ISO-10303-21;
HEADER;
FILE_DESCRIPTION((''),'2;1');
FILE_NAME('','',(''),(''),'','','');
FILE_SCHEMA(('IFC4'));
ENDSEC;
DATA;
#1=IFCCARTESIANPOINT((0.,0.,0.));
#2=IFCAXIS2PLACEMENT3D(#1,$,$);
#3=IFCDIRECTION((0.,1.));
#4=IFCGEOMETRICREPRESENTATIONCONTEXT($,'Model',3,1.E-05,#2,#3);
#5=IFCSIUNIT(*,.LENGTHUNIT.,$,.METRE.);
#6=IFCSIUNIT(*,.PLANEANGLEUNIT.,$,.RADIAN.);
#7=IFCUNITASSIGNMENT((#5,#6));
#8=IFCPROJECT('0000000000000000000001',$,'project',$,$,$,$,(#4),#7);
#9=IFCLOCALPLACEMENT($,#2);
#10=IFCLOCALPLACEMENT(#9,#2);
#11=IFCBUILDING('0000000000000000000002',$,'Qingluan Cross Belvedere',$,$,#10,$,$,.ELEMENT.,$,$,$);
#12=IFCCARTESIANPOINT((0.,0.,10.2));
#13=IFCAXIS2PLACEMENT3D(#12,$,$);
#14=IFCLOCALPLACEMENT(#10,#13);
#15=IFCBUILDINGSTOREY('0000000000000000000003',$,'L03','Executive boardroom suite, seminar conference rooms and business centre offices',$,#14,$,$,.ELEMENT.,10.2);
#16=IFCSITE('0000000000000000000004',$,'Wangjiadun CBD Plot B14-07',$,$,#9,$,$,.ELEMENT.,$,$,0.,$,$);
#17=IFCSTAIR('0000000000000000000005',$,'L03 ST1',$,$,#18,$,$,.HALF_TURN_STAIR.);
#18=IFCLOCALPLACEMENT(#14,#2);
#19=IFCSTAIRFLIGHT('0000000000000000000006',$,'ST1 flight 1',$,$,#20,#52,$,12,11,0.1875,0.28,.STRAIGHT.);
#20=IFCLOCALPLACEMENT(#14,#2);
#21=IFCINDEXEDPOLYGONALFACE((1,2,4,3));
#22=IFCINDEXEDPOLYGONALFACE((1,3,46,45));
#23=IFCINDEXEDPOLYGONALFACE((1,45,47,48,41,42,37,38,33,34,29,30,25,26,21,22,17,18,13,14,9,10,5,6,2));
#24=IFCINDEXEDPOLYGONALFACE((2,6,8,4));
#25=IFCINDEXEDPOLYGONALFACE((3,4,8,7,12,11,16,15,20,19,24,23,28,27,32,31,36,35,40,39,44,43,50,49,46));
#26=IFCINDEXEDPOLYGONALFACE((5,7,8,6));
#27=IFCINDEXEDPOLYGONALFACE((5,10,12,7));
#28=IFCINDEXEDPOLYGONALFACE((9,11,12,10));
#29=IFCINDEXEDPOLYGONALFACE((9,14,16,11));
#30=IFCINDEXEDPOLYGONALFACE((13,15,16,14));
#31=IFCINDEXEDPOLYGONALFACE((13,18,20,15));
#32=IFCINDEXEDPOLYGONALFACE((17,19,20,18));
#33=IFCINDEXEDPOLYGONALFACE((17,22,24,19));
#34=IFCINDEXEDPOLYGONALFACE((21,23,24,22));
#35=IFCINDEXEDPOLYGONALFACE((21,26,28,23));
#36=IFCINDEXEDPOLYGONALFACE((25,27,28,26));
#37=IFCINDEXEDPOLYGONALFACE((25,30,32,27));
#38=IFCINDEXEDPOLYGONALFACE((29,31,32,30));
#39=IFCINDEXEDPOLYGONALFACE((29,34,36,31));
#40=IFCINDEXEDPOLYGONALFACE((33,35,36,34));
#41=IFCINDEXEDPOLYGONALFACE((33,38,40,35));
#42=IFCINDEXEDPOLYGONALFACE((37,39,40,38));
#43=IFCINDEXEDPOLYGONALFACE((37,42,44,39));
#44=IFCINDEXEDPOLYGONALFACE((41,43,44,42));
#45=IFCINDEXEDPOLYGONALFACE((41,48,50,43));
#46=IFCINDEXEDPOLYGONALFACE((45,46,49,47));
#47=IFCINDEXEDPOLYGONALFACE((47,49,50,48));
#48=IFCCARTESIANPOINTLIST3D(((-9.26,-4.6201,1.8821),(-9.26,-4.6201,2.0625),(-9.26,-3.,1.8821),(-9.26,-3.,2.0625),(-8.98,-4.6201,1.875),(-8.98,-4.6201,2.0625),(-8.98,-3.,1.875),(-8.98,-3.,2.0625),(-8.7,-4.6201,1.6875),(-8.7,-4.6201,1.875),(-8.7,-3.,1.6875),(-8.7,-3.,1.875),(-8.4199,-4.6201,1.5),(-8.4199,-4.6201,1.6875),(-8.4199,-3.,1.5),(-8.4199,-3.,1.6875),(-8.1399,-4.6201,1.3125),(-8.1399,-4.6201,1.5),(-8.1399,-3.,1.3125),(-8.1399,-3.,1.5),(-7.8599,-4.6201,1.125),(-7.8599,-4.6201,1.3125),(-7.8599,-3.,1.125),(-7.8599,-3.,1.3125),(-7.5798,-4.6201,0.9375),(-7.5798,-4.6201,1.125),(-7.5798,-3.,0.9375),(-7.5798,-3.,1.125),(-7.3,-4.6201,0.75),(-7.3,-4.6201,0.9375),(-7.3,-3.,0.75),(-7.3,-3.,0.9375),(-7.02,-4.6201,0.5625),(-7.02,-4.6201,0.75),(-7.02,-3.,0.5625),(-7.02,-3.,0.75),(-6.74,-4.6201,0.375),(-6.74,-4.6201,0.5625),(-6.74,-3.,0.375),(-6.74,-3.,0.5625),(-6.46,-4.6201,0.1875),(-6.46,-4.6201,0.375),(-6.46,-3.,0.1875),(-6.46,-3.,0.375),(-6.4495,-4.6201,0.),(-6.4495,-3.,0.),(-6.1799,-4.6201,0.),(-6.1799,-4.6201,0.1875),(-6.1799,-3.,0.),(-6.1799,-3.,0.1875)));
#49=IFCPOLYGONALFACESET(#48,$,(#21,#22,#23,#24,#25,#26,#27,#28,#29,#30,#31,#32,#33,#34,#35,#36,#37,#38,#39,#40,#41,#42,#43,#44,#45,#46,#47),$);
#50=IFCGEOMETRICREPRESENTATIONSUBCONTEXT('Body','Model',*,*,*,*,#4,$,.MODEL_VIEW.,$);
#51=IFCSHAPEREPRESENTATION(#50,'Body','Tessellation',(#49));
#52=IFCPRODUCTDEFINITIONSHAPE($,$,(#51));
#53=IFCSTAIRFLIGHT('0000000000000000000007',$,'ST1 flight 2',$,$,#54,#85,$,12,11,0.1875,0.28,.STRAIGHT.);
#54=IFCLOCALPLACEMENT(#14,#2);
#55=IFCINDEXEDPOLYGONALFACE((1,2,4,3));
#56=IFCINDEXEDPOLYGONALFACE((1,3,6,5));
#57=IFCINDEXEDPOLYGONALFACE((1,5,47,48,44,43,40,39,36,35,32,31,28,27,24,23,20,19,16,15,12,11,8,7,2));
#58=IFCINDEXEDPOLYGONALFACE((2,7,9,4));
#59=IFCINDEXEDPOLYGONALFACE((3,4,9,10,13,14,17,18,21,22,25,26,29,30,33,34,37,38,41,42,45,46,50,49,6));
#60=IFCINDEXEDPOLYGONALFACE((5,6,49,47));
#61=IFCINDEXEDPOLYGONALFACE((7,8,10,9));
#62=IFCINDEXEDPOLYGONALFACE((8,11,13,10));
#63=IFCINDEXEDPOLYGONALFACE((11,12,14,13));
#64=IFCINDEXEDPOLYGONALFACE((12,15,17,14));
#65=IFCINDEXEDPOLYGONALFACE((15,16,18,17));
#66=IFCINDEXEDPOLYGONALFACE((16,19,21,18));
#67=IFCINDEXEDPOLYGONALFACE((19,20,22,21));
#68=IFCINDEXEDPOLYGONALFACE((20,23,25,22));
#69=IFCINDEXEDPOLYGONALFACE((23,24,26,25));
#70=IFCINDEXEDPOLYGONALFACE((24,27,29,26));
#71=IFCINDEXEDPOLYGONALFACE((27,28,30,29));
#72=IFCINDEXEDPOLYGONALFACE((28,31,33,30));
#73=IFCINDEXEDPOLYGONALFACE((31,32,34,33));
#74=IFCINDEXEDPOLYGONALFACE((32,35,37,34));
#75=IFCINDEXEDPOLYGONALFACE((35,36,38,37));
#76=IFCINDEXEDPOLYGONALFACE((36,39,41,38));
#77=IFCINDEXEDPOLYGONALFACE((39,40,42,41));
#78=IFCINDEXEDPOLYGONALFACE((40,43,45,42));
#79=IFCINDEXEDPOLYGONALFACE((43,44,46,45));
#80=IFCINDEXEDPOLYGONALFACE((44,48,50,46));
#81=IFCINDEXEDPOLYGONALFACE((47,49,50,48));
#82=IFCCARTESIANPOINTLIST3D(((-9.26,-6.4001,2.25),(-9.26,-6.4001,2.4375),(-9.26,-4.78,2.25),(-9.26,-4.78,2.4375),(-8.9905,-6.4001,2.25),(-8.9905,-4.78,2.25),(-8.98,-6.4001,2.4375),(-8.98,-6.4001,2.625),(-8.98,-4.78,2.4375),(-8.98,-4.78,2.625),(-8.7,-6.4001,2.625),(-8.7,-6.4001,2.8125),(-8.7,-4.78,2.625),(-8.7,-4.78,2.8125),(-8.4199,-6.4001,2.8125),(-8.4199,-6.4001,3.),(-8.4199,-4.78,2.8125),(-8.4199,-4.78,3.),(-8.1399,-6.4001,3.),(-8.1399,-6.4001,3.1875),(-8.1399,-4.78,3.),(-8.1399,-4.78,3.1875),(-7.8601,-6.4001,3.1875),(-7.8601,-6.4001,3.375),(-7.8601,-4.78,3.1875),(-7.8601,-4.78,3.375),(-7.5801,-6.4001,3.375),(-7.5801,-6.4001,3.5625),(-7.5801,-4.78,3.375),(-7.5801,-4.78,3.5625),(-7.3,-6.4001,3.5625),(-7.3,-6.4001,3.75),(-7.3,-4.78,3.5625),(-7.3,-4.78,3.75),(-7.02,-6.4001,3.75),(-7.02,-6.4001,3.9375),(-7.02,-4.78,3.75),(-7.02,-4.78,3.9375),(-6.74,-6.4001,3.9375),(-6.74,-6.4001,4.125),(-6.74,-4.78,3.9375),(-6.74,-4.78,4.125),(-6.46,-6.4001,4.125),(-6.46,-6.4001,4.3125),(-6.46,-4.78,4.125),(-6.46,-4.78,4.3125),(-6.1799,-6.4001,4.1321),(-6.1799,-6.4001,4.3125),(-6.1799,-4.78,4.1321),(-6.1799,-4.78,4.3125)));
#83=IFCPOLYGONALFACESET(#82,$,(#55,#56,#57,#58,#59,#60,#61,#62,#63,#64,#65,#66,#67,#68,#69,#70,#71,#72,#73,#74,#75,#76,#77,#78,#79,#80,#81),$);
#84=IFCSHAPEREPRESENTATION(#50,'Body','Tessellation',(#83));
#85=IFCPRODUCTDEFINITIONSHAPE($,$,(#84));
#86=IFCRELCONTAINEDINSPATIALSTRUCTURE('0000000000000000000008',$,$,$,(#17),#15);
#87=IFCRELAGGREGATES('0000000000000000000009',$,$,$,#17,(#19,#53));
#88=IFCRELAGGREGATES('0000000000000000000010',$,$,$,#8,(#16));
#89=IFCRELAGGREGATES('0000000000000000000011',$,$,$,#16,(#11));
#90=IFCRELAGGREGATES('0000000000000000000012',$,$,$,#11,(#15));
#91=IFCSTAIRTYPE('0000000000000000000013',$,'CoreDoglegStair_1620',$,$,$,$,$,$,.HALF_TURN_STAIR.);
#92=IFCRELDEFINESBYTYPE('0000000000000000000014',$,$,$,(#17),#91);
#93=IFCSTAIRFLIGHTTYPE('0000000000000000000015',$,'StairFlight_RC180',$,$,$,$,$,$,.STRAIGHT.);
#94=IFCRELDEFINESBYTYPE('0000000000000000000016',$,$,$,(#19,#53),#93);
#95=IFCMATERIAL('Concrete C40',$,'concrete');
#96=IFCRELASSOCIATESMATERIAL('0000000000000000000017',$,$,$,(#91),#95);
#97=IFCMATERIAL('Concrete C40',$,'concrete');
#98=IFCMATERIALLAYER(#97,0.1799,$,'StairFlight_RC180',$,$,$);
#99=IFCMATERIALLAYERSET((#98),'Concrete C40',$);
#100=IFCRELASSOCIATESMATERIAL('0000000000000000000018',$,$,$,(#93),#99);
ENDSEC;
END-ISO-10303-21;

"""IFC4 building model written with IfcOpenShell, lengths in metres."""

from ifc_helpers import new_model, si_unit, direction, frame, origin, place, context, subcontext, project, spatial, polyline, outline, extrude, material, layer, layer_set, type_object, element, aggregate, save


model = new_model("IFC4")

# Units and contexts
model_context = context("Model", 3, precision=1e-05, world=origin(), true_north=direction((0.0, 1.0)))
body_context = subcontext(model_context, "Body", "Model", "MODEL_VIEW")
ifc_project = project(units=[si_unit("LENGTHUNIT", "METRE"), si_unit("PLANEANGLEUNIT", "RADIAN")], contexts=[model_context])

# Site, building, storey
site_placement = place(None, origin())
site = spatial("IfcSite", under=ifc_project, at=site_placement, Name="Wangjiadun CBD Plot B14-07", CompositionType="ELEMENT", RefElevation=0.0)
building_placement = place(site_placement, origin())
building = spatial("IfcBuilding", under=site, at=building_placement, Name="Qingluan Cross Belvedere", CompositionType="ELEMENT")
storey_placement = place(building_placement, frame((0.0, 0.0, 10.2)))
storey = spatial("IfcBuildingStorey", under=building, at=storey_placement, Name="L03", Description="Executive boardroom suite, seminar conference rooms and business centre offices", CompositionType="ELEMENT", Elevation=10.2)

# Stair, stair flights
ifc_material_1 = material(Name="Concrete C40", Category="concrete")
stair_type = type_object("IfcStairType", Name="CoreDoglegStair_1620", PredefinedType="HALF_TURN_STAIR", material=ifc_material_1)
stair_placement = place(storey_placement, origin())
stair = element("IfcStair", 1, at=stair_placement, inside=storey, type_object=stair_type, Name="L03 ST1", PredefinedType="HALF_TURN_STAIR")
ifc_material_2 = material(Name="Concrete C40", Category="concrete")
ifc_layer_1 = layer(ifc_material_2, 0.1799, Name="StairFlight_RC180")
ifc_layer_set_1 = layer_set([ifc_layer_1], Name="Concrete C40")
stair_flight_type = type_object("IfcStairFlightType", Name="StairFlight_RC180", PredefinedType="STRAIGHT", material=ifc_layer_set_1)
stair_flight_1_placement = place(storey_placement, frame((-6.1799, -3.8101, 0.0), z_axis=(0.0, 0.0, 1.0), x_axis=(-1.0, 0.0, 0.0)))
stair_flight_1 = element("IfcStairFlight", 2, at=stair_flight_1_placement, type_object=stair_flight_type, Name="ST1 flight 1", NumberOfRisers=12, NumberOfTreads=11, PredefinedType="STRAIGHT", RiserHeight=0.1875, TreadLength=0.28, context=body_context, shape_type="SweptSolid", body=[
    extrude(outline(polyline([(0.0, 0.0), (0.0, 0.1875), (0.28, 0.1875), (0.28, 0.375), (0.5601, 0.375), (0.5601, 0.5625), (0.8401, 0.5625), (0.8401, 0.75), (1.1201, 0.75), (1.1201, 0.9375), (1.3999, 0.9375), (1.3999, 1.125), (1.6799, 1.125), (1.6799, 1.3125), (1.96, 1.3125), (1.96, 1.5), (2.24, 1.5), (2.24, 1.6875), (2.52, 1.6875), (2.52, 1.875), (2.8, 1.875), (2.8, 2.0625), (3.0801, 2.0625), (3.0801, 2.25), (3.0801, 1.8821), (0.2695, 0.0), (0.0, 0.0)])), frame((0.0, 0.8101, 0.0), z_axis=(0.0, -1.0, 0.0), x_axis=(1.0, 0.0, 0.0)), (0.0, 0.0, 1.0), 1.6201),
])
stair_flight_2_placement = place(storey_placement, frame((-9.26, -5.5901, 2.25), z_axis=(0.0, 0.0, 1.0), x_axis=(1.0, 0.0, 0.0)))
stair_flight_2 = element("IfcStairFlight", 3, at=stair_flight_2_placement, type_object=stair_flight_type, Name="ST1 flight 2", NumberOfRisers=12, NumberOfTreads=11, PredefinedType="STRAIGHT", RiserHeight=0.1875, TreadLength=0.28, context=body_context, shape_type="SweptSolid", body=[
    extrude(outline(polyline([(0.0, 0.0), (0.0, 0.1875), (0.28, 0.1875), (0.28, 0.375), (0.5601, 0.375), (0.5601, 0.5625), (0.8401, 0.5625), (0.8401, 0.75), (1.1201, 0.75), (1.1201, 0.9375), (1.3999, 0.9375), (1.3999, 1.125), (1.6799, 1.125), (1.6799, 1.3125), (1.96, 1.3125), (1.96, 1.5), (2.24, 1.5), (2.24, 1.6875), (2.52, 1.6875), (2.52, 1.875), (2.8, 1.875), (2.8, 2.0625), (3.0801, 2.0625), (3.0801, 2.25), (3.0801, 1.8821), (0.2695, 0.0), (0.0, 0.0)])), frame((0.0, 0.8101, 0.0), z_axis=(0.0, -1.0, 0.0), x_axis=(1.0, 0.0, 0.0)), (0.0, 0.0, 1.0), 1.6201),
])
aggregate(stair, [stair_flight_1, stair_flight_2])

save(model, "model.ifc")
